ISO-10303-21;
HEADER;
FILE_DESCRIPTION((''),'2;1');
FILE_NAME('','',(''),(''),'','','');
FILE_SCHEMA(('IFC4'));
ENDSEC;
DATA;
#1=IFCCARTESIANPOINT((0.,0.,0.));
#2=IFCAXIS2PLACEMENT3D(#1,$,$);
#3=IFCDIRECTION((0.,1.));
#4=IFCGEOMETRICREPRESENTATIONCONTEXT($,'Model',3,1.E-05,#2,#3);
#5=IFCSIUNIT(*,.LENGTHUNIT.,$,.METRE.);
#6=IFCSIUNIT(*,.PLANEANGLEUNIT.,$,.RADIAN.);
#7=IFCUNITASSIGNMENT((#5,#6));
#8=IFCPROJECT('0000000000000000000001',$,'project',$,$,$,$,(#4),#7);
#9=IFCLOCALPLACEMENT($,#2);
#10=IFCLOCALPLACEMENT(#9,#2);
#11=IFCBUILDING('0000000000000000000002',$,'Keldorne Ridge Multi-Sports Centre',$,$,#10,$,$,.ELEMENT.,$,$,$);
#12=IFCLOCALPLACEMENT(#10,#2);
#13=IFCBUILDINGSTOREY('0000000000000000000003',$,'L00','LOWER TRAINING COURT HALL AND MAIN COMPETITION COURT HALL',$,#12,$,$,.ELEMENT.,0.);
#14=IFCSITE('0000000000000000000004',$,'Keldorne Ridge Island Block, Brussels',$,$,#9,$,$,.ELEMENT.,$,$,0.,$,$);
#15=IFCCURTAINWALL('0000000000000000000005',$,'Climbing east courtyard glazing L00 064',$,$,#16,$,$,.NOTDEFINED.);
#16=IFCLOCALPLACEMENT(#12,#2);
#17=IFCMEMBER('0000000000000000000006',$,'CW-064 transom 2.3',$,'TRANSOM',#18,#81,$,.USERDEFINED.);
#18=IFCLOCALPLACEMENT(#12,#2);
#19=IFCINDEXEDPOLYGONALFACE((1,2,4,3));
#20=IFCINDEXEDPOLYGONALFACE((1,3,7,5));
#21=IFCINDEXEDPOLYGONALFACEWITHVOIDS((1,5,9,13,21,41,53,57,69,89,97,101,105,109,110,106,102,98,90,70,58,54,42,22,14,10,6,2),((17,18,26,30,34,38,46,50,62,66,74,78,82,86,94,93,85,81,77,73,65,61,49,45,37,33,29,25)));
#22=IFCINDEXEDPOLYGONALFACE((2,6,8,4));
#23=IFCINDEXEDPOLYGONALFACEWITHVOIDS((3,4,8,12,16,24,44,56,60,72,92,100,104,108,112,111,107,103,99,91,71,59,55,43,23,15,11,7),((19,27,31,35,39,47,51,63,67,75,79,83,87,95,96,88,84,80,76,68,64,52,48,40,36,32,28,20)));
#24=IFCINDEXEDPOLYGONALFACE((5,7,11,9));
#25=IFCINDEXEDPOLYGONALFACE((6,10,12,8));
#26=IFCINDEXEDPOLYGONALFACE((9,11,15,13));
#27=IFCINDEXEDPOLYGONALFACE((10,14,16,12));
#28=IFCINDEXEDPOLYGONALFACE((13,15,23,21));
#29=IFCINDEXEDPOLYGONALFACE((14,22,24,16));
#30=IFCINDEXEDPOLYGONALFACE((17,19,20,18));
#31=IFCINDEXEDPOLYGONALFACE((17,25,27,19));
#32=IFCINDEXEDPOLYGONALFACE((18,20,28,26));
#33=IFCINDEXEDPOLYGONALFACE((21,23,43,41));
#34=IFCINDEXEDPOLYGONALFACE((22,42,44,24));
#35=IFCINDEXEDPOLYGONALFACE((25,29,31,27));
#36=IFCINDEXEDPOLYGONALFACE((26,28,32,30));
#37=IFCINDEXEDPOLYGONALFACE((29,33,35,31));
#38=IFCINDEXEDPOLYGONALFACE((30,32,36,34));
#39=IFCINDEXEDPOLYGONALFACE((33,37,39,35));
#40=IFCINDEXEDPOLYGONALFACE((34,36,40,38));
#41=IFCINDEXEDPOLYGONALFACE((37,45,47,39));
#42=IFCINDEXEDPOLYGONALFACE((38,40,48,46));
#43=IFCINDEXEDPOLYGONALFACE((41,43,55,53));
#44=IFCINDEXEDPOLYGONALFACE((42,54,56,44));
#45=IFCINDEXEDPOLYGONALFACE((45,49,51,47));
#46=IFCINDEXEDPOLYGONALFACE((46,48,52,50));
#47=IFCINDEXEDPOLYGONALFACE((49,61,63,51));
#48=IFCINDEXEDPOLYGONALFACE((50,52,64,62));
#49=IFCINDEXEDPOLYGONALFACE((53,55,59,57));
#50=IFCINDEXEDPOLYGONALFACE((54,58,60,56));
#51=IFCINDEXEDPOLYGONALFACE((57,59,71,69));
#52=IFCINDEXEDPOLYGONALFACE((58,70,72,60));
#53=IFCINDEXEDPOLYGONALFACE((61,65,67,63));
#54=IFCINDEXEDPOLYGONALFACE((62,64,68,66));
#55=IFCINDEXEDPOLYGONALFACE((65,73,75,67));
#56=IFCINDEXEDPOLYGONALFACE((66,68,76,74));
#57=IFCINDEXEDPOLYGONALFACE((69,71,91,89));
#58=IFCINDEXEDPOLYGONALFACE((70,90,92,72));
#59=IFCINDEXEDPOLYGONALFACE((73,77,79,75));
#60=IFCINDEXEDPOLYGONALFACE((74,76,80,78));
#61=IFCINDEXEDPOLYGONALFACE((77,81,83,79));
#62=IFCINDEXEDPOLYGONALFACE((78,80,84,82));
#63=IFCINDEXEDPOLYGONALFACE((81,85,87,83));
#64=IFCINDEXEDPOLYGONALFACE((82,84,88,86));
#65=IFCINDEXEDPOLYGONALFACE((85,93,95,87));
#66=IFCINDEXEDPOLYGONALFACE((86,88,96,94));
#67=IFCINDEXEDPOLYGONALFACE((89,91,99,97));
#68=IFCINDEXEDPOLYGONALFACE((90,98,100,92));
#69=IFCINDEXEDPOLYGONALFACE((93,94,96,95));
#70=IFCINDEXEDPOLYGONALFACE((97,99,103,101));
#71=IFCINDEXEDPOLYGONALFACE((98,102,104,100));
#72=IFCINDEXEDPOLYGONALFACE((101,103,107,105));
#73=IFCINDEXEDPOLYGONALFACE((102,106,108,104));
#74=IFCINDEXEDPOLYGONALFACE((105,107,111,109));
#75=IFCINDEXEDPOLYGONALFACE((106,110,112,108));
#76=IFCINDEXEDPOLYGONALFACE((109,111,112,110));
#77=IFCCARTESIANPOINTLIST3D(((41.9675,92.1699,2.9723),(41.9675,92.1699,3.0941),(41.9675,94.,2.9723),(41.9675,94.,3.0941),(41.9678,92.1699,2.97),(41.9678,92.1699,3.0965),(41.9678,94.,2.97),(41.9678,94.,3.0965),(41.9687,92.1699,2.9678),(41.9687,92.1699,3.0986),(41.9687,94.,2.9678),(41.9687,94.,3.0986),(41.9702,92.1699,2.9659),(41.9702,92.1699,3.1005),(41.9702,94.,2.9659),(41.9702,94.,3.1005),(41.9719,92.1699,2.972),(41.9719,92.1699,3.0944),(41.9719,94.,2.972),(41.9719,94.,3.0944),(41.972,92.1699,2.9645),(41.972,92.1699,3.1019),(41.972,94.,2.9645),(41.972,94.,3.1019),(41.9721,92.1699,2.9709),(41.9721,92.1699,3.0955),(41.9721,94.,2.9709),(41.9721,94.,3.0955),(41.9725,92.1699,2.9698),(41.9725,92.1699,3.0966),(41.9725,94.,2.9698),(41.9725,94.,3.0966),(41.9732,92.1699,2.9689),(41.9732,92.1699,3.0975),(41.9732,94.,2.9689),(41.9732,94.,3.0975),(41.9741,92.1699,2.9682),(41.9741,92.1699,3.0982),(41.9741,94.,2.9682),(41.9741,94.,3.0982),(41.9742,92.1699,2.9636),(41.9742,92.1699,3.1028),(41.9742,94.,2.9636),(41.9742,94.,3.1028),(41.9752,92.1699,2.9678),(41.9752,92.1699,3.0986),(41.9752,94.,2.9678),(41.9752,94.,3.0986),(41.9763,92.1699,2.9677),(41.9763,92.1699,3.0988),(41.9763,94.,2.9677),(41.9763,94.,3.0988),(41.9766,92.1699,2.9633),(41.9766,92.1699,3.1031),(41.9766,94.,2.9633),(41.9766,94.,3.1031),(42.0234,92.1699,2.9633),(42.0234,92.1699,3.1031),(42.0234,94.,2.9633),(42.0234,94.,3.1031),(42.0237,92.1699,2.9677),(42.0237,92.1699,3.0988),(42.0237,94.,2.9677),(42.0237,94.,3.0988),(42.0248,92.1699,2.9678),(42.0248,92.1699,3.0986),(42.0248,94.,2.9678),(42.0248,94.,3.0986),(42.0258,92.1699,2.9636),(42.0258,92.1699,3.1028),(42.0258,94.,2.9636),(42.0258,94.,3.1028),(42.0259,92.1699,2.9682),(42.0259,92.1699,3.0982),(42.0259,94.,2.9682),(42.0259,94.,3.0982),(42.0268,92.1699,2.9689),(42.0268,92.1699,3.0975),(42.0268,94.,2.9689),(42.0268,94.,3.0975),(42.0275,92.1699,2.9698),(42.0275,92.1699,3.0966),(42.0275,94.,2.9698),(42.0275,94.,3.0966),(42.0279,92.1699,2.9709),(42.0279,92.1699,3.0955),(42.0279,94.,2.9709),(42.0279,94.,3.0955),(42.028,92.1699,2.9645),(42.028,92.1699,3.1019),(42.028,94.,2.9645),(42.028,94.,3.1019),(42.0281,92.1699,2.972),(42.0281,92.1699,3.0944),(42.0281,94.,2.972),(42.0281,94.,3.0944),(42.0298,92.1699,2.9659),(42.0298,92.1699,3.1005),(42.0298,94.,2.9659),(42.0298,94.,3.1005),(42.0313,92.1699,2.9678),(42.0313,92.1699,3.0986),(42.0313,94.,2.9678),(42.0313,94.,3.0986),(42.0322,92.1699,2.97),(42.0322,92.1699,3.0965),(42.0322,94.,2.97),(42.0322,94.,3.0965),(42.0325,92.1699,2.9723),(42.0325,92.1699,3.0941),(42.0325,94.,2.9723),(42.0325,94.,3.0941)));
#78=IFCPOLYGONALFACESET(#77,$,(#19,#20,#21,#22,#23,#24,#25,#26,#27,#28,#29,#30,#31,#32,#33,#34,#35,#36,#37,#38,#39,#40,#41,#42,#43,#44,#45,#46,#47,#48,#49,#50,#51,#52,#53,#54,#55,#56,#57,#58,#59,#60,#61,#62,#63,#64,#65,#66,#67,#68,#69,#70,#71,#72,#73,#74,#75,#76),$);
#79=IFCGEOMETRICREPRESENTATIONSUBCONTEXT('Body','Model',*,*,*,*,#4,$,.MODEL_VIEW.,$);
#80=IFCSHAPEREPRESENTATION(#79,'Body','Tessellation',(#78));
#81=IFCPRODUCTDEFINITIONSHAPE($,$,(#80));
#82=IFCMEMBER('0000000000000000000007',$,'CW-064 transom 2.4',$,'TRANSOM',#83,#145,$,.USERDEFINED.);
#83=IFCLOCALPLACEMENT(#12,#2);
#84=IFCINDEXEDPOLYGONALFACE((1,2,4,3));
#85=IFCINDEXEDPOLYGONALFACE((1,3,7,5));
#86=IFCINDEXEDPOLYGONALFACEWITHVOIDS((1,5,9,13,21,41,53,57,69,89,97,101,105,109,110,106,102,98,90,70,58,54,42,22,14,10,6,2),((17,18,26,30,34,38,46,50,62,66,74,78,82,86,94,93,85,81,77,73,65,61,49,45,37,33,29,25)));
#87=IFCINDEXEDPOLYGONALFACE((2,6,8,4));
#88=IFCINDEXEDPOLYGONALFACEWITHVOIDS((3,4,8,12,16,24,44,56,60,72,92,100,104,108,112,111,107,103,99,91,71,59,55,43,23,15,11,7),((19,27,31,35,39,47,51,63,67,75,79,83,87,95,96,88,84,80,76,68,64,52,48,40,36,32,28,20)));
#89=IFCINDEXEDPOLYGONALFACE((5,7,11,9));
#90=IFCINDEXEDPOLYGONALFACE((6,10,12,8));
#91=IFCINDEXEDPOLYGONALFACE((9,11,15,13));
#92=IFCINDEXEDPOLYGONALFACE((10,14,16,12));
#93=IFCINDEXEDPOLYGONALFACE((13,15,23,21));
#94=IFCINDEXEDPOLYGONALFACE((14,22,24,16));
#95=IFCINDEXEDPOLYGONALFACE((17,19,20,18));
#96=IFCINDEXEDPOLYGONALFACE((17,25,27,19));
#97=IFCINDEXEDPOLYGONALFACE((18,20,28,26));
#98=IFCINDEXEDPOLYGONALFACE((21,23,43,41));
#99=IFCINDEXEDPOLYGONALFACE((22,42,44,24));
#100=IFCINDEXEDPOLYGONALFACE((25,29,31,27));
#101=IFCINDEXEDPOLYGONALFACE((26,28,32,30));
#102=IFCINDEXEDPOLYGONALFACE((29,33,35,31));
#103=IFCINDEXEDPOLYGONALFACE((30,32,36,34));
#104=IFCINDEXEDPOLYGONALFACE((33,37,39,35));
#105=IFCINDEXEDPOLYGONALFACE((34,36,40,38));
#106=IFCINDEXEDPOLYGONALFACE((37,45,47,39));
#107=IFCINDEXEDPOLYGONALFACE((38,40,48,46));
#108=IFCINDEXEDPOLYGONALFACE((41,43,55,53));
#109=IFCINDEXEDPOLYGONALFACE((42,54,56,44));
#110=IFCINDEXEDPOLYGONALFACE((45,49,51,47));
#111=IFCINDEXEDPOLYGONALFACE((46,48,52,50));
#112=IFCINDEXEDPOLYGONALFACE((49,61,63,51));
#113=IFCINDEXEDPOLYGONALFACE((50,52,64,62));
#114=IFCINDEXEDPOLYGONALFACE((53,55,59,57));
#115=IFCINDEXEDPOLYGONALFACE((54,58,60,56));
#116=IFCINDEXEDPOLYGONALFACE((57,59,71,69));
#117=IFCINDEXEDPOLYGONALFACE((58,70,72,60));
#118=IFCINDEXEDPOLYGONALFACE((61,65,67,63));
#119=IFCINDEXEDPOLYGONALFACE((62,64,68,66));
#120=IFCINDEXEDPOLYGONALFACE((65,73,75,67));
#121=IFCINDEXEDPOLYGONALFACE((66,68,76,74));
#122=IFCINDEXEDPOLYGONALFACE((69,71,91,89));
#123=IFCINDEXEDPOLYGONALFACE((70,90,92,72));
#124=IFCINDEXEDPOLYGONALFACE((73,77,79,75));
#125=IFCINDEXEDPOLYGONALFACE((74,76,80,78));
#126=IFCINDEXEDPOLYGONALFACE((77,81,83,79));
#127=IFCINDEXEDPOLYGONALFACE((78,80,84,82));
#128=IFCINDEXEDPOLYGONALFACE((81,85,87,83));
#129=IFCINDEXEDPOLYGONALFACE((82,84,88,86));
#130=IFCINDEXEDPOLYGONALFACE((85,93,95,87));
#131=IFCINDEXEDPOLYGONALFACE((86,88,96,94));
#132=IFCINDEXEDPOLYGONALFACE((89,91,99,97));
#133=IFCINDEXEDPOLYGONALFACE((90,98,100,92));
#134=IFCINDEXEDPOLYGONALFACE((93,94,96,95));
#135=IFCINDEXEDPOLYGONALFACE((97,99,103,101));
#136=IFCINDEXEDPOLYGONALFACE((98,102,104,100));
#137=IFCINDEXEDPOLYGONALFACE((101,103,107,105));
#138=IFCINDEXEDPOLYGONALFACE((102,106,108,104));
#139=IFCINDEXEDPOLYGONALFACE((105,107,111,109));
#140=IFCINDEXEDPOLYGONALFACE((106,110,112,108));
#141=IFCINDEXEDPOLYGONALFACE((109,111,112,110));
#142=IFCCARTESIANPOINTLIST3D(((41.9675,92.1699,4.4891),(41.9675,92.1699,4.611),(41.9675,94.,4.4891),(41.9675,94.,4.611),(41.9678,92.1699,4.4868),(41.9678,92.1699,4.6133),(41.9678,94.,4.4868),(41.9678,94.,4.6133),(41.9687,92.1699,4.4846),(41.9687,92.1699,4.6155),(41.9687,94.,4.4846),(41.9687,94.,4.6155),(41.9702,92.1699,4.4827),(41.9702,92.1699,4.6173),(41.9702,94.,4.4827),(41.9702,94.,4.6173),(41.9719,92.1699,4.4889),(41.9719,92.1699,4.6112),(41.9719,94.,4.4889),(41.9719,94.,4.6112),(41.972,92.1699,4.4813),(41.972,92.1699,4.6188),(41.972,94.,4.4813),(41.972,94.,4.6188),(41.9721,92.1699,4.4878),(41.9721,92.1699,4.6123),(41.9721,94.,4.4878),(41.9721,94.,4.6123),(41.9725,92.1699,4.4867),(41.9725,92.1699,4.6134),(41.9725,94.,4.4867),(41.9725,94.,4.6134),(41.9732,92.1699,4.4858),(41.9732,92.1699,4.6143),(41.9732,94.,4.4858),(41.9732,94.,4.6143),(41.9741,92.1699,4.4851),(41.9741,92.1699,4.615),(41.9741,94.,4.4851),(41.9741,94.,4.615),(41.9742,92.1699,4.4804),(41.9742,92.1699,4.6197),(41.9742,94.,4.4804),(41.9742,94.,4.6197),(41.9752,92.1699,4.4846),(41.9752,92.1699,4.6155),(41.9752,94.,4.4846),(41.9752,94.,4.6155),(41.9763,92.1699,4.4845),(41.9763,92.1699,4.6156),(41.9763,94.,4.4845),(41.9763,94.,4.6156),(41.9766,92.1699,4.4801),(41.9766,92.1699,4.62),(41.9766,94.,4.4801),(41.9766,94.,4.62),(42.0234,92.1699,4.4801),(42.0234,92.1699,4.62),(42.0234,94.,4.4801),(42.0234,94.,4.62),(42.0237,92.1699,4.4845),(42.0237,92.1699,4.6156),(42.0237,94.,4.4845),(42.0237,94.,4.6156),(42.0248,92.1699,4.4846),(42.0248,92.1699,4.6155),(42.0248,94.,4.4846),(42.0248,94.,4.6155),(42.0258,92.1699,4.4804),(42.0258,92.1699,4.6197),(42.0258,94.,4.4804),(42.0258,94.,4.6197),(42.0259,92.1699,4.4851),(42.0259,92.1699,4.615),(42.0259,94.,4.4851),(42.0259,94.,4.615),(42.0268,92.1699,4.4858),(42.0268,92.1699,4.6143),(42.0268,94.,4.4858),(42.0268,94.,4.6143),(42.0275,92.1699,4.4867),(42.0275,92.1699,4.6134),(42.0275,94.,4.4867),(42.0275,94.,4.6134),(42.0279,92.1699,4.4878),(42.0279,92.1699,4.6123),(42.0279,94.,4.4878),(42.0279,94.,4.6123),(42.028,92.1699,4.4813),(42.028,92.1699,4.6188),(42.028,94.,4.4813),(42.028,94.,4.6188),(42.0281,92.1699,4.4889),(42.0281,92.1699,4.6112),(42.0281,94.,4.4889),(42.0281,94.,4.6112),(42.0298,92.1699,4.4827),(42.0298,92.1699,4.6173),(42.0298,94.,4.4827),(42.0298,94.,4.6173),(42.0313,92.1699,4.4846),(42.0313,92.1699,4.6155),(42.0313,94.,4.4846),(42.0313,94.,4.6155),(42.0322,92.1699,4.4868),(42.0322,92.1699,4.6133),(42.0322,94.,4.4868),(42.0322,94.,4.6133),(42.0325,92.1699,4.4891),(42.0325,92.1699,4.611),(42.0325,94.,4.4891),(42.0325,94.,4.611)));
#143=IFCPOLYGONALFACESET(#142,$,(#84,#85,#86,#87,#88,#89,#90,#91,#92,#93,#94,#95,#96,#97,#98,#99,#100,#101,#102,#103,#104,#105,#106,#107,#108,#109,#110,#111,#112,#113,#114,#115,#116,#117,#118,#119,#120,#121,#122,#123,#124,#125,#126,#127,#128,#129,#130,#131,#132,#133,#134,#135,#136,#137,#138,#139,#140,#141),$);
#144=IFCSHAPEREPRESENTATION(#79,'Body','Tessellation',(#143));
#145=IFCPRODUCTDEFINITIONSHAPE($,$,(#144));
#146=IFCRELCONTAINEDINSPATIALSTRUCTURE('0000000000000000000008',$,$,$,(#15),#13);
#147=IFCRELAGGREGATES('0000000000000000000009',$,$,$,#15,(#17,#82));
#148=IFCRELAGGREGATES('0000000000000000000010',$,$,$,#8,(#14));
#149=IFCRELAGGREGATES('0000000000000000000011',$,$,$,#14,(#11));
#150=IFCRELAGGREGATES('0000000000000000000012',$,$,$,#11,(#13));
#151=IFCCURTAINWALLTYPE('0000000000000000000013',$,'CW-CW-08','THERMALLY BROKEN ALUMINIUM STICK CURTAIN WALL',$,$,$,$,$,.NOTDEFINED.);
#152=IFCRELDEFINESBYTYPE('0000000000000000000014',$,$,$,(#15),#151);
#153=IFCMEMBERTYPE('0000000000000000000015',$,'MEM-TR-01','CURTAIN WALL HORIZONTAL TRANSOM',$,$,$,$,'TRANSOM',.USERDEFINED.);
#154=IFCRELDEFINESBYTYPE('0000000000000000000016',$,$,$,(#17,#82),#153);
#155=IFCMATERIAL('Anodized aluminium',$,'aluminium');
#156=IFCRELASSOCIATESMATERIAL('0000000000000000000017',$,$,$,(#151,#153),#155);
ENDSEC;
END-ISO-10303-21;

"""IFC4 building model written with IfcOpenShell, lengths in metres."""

from ifc_helpers import new_model, si_unit, direction, frame, origin, origin_2d, place, context, subcontext, project, spatial, hollow_rectangle, extrude, material, material_profile, profile_set, type_object, element, aggregate, save


model = new_model("IFC4")

# Units and contexts
model_context = context("Model", 3, precision=1e-05, world=origin(), true_north=direction((0.0, 1.0)))
body_context = subcontext(model_context, "Body", "Model", "MODEL_VIEW")
ifc_project = project(units=[si_unit("LENGTHUNIT", "METRE"), si_unit("PLANEANGLEUNIT", "RADIAN")], contexts=[model_context])

# Site, building, storey
site_placement = place(None, origin())
site = spatial("IfcSite", under=ifc_project, at=site_placement, Name="Keldorne Ridge Island Block, Brussels", CompositionType="ELEMENT", RefElevation=0.0)
building_placement = place(site_placement, origin())
building = spatial("IfcBuilding", under=site, at=building_placement, Name="Keldorne Ridge Multi-Sports Centre", CompositionType="ELEMENT")
storey_placement = place(building_placement, origin())
storey = spatial("IfcBuildingStorey", under=building, at=storey_placement, Name="L00", Description="LOWER TRAINING COURT HALL AND MAIN COMPETITION COURT HALL", CompositionType="ELEMENT", Elevation=0.0)

# Shared definitions
ifc_material_1 = material(Name="Anodized aluminium", Category="aluminium")

# Curtain wall, members
curtain_wall_type_1 = type_object("IfcCurtainWallType", Name="CW-CW-08", Description="THERMALLY BROKEN ALUMINIUM STICK CURTAIN WALL", PredefinedType="NOTDEFINED", material=ifc_material_1)
curtain_wall_1_placement = place(storey_placement, origin())
curtain_wall_1 = element("IfcCurtainWall", 1, at=curtain_wall_1_placement, inside=storey, type_object=curtain_wall_type_1, Name="Climbing east courtyard glazing L00 064", PredefinedType="NOTDEFINED")
ifc_material_profile_1 = material_profile(ifc_material_1, hollow_rectangle(XDim=0.0649, YDim=0.1399, WallThickness=0.0044, InnerFilletRadius=0.0044, OuterFilletRadius=0.009, at=origin_2d()), Name="ALU TRANSOM 140x65x4.5")
ifc_profile_set_1 = profile_set([ifc_material_profile_1], Name="Anodized aluminium")
member_type_1 = type_object("IfcMemberType", Name="MEM-TR-01", Description="CURTAIN WALL HORIZONTAL TRANSOM", ElementType="TRANSOM", PredefinedType="USERDEFINED", material=ifc_profile_set_1)
member_1_placement = place(storey_placement, frame((42.0, 92.1699, 3.0332), z_axis=(0.0, 1.0, 0.0), x_axis=(-1.0, 0.0, 0.0)))
member_1 = element("IfcMember", 2, at=member_1_placement, type_object=member_type_1, Name="CW-064 transom 2.3", ObjectType="TRANSOM", PredefinedType="USERDEFINED", context=body_context, shape_type="SweptSolid", body=[
    extrude(hollow_rectangle(XDim=0.0649, YDim=0.1399, WallThickness=0.0044, InnerFilletRadius=0.0044, OuterFilletRadius=0.009, at=origin_2d()), origin(), (0.0, 0.0, 1.0), 1.8301),
])
member_2_placement = place(storey_placement, frame((42.0, 92.1699, 4.55), z_axis=(0.0, 1.0, 0.0), x_axis=(-1.0, 0.0, 0.0)))
member_2 = element("IfcMember", 3, at=member_2_placement, type_object=member_type_1, Name="CW-064 transom 2.4", ObjectType="TRANSOM", PredefinedType="USERDEFINED", context=body_context, shape_type="SweptSolid", body=[
    extrude(hollow_rectangle(XDim=0.0649, YDim=0.1399, WallThickness=0.0044, InnerFilletRadius=0.0044, OuterFilletRadius=0.009, at=origin_2d()), origin(), (0.0, 0.0, 1.0), 1.8301),
])
aggregate(curtain_wall_1, [member_1, member_2])

save(model, "model.ifc")
